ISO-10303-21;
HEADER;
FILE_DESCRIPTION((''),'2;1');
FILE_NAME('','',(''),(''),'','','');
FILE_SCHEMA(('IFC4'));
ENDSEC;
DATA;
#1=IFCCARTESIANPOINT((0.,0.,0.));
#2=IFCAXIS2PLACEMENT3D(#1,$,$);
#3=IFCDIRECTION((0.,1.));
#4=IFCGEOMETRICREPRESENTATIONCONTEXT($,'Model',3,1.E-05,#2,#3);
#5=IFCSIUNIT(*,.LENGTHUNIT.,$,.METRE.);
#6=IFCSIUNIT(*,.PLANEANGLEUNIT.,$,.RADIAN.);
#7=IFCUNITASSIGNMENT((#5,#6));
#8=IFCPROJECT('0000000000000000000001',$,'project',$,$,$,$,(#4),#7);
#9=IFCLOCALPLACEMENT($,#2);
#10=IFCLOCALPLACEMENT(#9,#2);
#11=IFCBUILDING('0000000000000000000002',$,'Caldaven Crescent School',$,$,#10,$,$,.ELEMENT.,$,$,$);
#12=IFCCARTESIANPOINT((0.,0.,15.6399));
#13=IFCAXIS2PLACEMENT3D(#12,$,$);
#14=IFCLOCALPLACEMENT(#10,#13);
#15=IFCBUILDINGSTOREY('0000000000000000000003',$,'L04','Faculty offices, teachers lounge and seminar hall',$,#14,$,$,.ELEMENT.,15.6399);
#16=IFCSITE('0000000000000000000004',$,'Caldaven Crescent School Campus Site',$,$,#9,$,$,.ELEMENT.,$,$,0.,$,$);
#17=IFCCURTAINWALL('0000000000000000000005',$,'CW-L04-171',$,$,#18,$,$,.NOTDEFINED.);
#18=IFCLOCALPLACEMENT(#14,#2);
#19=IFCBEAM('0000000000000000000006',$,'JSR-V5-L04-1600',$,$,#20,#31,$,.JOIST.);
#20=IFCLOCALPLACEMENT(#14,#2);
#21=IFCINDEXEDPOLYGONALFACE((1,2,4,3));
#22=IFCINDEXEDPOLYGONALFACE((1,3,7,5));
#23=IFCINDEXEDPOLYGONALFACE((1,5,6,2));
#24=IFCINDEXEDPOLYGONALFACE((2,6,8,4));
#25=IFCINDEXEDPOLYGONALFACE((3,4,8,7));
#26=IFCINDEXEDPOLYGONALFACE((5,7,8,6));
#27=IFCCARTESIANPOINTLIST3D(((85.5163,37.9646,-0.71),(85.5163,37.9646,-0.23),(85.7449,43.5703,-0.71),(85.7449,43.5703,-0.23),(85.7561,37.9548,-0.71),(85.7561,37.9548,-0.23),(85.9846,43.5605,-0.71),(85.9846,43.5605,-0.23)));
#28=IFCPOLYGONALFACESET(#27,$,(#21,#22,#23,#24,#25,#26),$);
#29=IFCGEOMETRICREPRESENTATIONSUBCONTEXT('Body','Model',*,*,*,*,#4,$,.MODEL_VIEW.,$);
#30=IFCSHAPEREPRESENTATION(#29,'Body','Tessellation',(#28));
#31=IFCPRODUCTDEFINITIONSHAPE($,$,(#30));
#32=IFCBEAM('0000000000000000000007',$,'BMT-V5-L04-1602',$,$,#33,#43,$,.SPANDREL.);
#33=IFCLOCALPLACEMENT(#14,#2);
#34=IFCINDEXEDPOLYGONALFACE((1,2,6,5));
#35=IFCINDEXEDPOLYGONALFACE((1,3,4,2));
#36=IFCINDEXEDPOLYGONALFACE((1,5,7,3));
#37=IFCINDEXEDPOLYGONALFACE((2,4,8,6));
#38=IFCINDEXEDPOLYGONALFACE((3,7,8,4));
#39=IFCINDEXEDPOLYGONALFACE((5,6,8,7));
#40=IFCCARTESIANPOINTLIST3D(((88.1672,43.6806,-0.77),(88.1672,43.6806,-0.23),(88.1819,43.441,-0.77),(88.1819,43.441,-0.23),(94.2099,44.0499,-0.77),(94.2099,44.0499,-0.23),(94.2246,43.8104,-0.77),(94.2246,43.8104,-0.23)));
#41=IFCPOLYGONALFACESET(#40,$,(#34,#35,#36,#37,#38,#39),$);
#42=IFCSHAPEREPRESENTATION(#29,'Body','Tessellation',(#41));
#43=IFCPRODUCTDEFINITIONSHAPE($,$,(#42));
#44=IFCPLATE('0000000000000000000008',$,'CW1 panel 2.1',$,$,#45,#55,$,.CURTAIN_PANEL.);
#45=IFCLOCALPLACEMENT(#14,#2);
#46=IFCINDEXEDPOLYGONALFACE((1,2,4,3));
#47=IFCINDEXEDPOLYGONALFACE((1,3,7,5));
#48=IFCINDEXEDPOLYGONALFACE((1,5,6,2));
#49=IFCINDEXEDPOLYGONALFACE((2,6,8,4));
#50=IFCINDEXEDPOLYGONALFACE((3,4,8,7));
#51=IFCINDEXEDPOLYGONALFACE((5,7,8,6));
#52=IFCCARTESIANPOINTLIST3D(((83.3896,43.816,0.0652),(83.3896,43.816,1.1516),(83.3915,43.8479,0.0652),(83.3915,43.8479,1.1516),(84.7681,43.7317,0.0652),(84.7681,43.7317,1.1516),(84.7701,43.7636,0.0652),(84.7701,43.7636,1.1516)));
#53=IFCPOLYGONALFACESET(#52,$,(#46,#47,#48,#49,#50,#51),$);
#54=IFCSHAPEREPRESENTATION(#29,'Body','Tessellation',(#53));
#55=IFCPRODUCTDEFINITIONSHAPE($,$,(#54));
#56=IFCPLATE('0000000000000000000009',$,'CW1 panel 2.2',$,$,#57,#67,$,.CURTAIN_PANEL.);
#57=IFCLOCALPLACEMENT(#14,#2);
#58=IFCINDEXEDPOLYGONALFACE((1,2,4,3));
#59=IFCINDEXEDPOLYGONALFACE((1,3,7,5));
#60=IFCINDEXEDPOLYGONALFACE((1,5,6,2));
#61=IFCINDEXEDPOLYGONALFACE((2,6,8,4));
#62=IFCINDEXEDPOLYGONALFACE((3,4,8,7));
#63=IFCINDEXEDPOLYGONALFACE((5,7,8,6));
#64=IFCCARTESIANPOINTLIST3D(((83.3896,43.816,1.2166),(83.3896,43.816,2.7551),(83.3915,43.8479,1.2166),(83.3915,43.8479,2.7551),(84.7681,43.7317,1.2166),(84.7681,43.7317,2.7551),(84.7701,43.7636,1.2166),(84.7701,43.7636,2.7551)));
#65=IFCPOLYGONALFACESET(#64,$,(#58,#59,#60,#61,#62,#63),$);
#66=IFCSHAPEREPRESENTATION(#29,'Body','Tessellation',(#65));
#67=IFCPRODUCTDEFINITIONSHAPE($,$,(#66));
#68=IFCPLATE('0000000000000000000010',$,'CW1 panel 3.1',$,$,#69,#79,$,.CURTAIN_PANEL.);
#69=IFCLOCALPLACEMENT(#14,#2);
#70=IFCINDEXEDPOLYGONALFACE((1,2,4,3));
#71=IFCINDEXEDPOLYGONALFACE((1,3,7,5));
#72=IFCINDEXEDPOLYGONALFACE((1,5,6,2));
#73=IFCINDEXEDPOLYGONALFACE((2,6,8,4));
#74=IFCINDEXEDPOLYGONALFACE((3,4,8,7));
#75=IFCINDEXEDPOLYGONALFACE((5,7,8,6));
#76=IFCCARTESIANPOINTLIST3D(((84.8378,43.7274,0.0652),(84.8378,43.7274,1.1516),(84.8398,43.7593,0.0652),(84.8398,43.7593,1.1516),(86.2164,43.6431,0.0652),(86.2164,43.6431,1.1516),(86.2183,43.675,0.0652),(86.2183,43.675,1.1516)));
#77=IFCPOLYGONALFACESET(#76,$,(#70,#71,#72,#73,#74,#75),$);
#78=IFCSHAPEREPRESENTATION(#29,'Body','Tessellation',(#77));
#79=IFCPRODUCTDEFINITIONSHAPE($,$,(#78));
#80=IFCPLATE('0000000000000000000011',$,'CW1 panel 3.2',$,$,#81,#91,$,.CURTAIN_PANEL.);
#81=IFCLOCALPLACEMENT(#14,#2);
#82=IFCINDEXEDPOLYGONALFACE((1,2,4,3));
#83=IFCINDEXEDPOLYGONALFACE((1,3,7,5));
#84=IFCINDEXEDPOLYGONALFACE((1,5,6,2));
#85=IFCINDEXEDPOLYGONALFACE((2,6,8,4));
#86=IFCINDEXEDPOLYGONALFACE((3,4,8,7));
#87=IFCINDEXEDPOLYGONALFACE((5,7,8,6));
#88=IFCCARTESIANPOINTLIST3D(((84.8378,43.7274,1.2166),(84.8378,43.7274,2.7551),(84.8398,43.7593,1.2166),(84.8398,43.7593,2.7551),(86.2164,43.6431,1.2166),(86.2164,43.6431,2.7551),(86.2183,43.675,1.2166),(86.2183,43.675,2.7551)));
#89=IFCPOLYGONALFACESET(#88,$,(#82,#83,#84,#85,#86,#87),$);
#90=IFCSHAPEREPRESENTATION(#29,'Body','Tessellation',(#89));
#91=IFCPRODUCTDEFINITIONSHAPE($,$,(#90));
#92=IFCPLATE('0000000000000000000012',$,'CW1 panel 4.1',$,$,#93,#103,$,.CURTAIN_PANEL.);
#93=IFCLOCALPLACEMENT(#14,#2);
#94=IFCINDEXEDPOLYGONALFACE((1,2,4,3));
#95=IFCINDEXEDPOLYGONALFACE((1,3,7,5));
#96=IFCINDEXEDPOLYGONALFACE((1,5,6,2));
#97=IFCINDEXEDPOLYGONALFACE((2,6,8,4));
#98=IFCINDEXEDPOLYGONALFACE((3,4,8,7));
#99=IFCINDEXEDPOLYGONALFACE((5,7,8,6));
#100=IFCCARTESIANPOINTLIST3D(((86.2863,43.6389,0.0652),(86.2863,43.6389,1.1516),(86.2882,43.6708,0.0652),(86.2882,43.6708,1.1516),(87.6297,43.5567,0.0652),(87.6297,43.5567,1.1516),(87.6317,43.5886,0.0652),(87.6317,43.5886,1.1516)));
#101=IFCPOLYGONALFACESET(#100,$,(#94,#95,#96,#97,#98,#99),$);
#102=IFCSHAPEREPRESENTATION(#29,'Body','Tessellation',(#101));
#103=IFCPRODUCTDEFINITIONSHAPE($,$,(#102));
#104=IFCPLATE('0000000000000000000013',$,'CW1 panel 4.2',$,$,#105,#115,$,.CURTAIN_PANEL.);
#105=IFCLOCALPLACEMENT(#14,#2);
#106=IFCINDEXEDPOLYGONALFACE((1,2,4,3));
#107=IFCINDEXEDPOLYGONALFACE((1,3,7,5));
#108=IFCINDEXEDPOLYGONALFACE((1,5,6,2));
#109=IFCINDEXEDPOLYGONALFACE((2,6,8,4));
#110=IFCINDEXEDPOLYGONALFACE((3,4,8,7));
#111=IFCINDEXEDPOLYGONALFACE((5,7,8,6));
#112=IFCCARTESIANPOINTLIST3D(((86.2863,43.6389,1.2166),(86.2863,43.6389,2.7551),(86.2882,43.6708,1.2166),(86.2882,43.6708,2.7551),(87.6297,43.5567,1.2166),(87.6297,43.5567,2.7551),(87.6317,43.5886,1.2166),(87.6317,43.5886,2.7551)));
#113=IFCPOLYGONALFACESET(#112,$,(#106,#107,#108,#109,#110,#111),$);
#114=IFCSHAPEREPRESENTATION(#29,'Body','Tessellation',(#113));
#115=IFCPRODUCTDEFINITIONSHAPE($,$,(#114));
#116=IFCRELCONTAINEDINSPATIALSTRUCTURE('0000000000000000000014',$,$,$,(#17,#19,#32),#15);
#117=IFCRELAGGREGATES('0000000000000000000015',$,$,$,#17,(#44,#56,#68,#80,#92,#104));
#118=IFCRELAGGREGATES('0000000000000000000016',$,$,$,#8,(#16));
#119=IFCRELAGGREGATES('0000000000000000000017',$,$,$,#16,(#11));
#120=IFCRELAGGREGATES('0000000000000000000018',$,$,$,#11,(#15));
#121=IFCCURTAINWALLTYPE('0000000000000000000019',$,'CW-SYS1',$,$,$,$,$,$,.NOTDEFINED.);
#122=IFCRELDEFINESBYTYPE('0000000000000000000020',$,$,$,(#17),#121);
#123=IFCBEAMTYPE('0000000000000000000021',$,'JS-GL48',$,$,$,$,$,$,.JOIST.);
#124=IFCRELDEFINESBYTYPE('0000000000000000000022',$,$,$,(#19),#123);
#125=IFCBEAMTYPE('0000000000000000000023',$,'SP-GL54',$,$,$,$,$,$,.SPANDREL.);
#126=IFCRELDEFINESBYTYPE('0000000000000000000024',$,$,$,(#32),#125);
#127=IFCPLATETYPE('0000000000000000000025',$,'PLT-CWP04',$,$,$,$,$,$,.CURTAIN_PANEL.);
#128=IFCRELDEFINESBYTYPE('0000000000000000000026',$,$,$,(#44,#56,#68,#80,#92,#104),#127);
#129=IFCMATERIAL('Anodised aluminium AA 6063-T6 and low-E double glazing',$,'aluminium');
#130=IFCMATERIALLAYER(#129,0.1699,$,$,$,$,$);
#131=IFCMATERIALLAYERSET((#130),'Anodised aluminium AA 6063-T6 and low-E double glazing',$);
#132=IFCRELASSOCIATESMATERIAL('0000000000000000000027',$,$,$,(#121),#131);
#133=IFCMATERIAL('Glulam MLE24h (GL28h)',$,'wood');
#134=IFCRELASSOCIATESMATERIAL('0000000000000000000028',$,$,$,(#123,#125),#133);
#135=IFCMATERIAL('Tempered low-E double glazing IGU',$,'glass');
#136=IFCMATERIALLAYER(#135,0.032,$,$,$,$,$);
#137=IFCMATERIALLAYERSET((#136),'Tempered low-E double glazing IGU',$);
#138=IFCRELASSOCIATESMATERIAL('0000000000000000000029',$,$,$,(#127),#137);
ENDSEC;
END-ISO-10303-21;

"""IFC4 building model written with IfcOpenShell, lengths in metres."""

from ifc_helpers import new_model, si_unit, direction, frame, origin, origin_2d, place, context, subcontext, project, spatial, rectangle, extrude, material, layer, layer_set, material_profile, profile_set, type_object, element, aggregate, save


model = new_model("IFC4")

# Units and contexts
model_context = context("Model", 3, precision=1e-05, world=origin(), true_north=direction((0.0, 1.0)))
body_context = subcontext(model_context, "Body", "Model", "MODEL_VIEW")
ifc_project = project(units=[si_unit("LENGTHUNIT", "METRE"), si_unit("PLANEANGLEUNIT", "RADIAN")], contexts=[model_context])

# Site, building, storey
site_placement = place(None, origin())
site = spatial("IfcSite", under=ifc_project, at=site_placement, Name="Caldaven Crescent School Campus Site", CompositionType="ELEMENT", RefElevation=0.0)
building_placement = place(site_placement, origin())
building = spatial("IfcBuilding", under=site, at=building_placement, Name="Caldaven Crescent School", CompositionType="ELEMENT")
storey_placement = place(building_placement, frame((0.0, 0.0, 15.6399)))
storey = spatial("IfcBuildingStorey", under=building, at=storey_placement, Name="L04", Description="Faculty offices, teachers lounge and seminar hall", CompositionType="ELEMENT", Elevation=15.6399)

# Shared definitions
ifc_material_1 = material(Name="Glulam MLE24h (GL28h)", Category="wood")

# Shared definitions
ifc_material_2 = material(Name="Anodised aluminium AA 6063-T6 and low-E double glazing", Category="aluminium")

# Curtain wall
ifc_layer_1 = layer(ifc_material_2, 0.1699)
ifc_layer_set_1 = layer_set([ifc_layer_1], Name="Anodised aluminium AA 6063-T6 and low-E double glazing")
curtain_wall_type_1 = type_object("IfcCurtainWallType", Name="CW-SYS1", PredefinedType="NOTDEFINED", material=ifc_layer_set_1)
curtain_wall_1_placement = place(storey_placement, origin())
curtain_wall_1 = element("IfcCurtainWall", 1, at=curtain_wall_1_placement, inside=storey, type_object=curtain_wall_type_1, Name="CW-L04-171", PredefinedType="NOTDEFINED")

# Beams
ifc_material_profile_1 = material_profile(ifc_material_1, rectangle(XDim=0.24, YDim=0.48, at=origin_2d()), Name="MLE 240x480")
ifc_profile_set_1 = profile_set([ifc_material_profile_1], Name="Glulam MLE24h (GL28h)")
beam_type_1 = type_object("IfcBeamType", Name="JS-GL48", PredefinedType="JOIST", material=ifc_profile_set_1)
beam_1_placement = place(storey_placement, frame((85.8647, 43.5654, -0.47), z_axis=(-0.040731, -0.99917, 0.0), x_axis=(0.99917, -0.040731, 0.0)))
element("IfcBeam", 2, at=beam_1_placement, inside=storey, type_object=beam_type_1, Name="JSR-V5-L04-1600", PredefinedType="JOIST", context=body_context, shape_type="SweptSolid", body=[
    extrude(rectangle(XDim=0.24, YDim=0.48, at=origin_2d()), origin(), (0.0, 0.0, 1.0), 5.6104),
])
ifc_material_profile_2 = material_profile(ifc_material_1, rectangle(XDim=0.24, YDim=0.54, at=origin_2d()), Name="MLE 240x540")
ifc_profile_set_2 = profile_set([ifc_material_profile_2], Name="Glulam MLE24h (GL28h)")
beam_type_2 = type_object("IfcBeamType", Name="SP-GL54", PredefinedType="SPANDREL", material=ifc_profile_set_2)
beam_2_placement = place(storey_placement, frame((88.1746, 43.5608, -0.5), z_axis=(0.998137, 0.061015, 0.0), x_axis=(-0.061015, 0.998137, 0.0)))
element("IfcBeam", 3, at=beam_2_placement, inside=storey, type_object=beam_type_2, Name="BMT-V5-L04-1602", PredefinedType="SPANDREL", context=body_context, shape_type="SweptSolid", body=[
    extrude(rectangle(XDim=0.24, YDim=0.54, at=origin_2d()), origin(), (0.0, 0.0, 1.0), 6.054),
])

# Plates
ifc_material_3 = material(Name="Tempered low-E double glazing IGU", Category="glass")
ifc_layer_2 = layer(ifc_material_3, 0.032)
ifc_layer_set_2 = layer_set([ifc_layer_2], Name="Tempered low-E double glazing IGU")
plate_type = type_object("IfcPlateType", Name="PLT-CWP04", PredefinedType="CURTAIN_PANEL", material=ifc_layer_set_2)
plate_1_placement = place(storey_placement, frame((84.0798, 43.7898, 0.0652), z_axis=(0.0, 0.0, 1.0), x_axis=(0.998135, -0.061049, 0.0)))
plate_1 = element("IfcPlate", 4, at=plate_1_placement, type_object=plate_type, Name="CW1 panel 2.1", PredefinedType="CURTAIN_PANEL", context=body_context, shape_type="SweptSolid", body=[
    extrude(rectangle(XDim=1.3811, YDim=0.032, at=origin_2d()), origin(), (0.0, 0.0, 1.0), 1.0864),
])
plate_2_placement = place(storey_placement, frame((84.0798, 43.7898, 1.2166), z_axis=(0.0, 0.0, 1.0), x_axis=(0.998135, -0.061049, 0.0)))
plate_2 = element("IfcPlate", 5, at=plate_2_placement, type_object=plate_type, Name="CW1 panel 2.2", PredefinedType="CURTAIN_PANEL", context=body_context, shape_type="SweptSolid", body=[
    extrude(rectangle(XDim=1.3811, YDim=0.032, at=origin_2d()), origin(), (0.0, 0.0, 1.0), 1.5386),
])
plate_3_placement = place(storey_placement, frame((85.5281, 43.7012, 0.0652), z_axis=(0.0, 0.0, 1.0), x_axis=(0.998135, -0.061049, 0.0)))
plate_3 = element("IfcPlate", 6, at=plate_3_placement, type_object=plate_type, Name="CW1 panel 3.1", PredefinedType="CURTAIN_PANEL", context=body_context, shape_type="SweptSolid", body=[
    extrude(rectangle(XDim=1.3811, YDim=0.032, at=origin_2d()), origin(), (0.0, 0.0, 1.0), 1.0864),
])
plate_4_placement = place(storey_placement, frame((85.5281, 43.7012, 1.2166), z_axis=(0.0, 0.0, 1.0), x_axis=(0.998135, -0.061049, 0.0)))
plate_4 = element("IfcPlate", 7, at=plate_4_placement, type_object=plate_type, Name="CW1 panel 3.2", PredefinedType="CURTAIN_PANEL", context=body_context, shape_type="SweptSolid", body=[
    extrude(rectangle(XDim=1.3811, YDim=0.032, at=origin_2d()), origin(), (0.0, 0.0, 1.0), 1.5386),
])
plate_5_placement = place(storey_placement, frame((86.959, 43.6138, 0.0652), z_axis=(0.0, 0.0, 1.0), x_axis=(0.998135, -0.061049, 0.0)))
plate_5 = element("IfcPlate", 8, at=plate_5_placement, type_object=plate_type, Name="CW1 panel 4.1", PredefinedType="CURTAIN_PANEL", context=body_context, shape_type="SweptSolid", body=[
    extrude(rectangle(XDim=1.3459, YDim=0.032, at=origin_2d()), origin(), (0.0, 0.0, 1.0), 1.0864),
])
plate_6_placement = place(storey_placement, frame((86.959, 43.6138, 1.2166), z_axis=(0.0, 0.0, 1.0), x_axis=(0.998135, -0.061049, 0.0)))
plate_6 = element("IfcPlate", 9, at=plate_6_placement, type_object=plate_type, Name="CW1 panel 4.2", PredefinedType="CURTAIN_PANEL", context=body_context, shape_type="SweptSolid", body=[
    extrude(rectangle(XDim=1.3459, YDim=0.032, at=origin_2d()), origin(), (0.0, 0.0, 1.0), 1.5386),
])
aggregate(curtain_wall_1, [plate_1, plate_2, plate_3, plate_4, plate_5, plate_6])

save(model, "model.ifc")
